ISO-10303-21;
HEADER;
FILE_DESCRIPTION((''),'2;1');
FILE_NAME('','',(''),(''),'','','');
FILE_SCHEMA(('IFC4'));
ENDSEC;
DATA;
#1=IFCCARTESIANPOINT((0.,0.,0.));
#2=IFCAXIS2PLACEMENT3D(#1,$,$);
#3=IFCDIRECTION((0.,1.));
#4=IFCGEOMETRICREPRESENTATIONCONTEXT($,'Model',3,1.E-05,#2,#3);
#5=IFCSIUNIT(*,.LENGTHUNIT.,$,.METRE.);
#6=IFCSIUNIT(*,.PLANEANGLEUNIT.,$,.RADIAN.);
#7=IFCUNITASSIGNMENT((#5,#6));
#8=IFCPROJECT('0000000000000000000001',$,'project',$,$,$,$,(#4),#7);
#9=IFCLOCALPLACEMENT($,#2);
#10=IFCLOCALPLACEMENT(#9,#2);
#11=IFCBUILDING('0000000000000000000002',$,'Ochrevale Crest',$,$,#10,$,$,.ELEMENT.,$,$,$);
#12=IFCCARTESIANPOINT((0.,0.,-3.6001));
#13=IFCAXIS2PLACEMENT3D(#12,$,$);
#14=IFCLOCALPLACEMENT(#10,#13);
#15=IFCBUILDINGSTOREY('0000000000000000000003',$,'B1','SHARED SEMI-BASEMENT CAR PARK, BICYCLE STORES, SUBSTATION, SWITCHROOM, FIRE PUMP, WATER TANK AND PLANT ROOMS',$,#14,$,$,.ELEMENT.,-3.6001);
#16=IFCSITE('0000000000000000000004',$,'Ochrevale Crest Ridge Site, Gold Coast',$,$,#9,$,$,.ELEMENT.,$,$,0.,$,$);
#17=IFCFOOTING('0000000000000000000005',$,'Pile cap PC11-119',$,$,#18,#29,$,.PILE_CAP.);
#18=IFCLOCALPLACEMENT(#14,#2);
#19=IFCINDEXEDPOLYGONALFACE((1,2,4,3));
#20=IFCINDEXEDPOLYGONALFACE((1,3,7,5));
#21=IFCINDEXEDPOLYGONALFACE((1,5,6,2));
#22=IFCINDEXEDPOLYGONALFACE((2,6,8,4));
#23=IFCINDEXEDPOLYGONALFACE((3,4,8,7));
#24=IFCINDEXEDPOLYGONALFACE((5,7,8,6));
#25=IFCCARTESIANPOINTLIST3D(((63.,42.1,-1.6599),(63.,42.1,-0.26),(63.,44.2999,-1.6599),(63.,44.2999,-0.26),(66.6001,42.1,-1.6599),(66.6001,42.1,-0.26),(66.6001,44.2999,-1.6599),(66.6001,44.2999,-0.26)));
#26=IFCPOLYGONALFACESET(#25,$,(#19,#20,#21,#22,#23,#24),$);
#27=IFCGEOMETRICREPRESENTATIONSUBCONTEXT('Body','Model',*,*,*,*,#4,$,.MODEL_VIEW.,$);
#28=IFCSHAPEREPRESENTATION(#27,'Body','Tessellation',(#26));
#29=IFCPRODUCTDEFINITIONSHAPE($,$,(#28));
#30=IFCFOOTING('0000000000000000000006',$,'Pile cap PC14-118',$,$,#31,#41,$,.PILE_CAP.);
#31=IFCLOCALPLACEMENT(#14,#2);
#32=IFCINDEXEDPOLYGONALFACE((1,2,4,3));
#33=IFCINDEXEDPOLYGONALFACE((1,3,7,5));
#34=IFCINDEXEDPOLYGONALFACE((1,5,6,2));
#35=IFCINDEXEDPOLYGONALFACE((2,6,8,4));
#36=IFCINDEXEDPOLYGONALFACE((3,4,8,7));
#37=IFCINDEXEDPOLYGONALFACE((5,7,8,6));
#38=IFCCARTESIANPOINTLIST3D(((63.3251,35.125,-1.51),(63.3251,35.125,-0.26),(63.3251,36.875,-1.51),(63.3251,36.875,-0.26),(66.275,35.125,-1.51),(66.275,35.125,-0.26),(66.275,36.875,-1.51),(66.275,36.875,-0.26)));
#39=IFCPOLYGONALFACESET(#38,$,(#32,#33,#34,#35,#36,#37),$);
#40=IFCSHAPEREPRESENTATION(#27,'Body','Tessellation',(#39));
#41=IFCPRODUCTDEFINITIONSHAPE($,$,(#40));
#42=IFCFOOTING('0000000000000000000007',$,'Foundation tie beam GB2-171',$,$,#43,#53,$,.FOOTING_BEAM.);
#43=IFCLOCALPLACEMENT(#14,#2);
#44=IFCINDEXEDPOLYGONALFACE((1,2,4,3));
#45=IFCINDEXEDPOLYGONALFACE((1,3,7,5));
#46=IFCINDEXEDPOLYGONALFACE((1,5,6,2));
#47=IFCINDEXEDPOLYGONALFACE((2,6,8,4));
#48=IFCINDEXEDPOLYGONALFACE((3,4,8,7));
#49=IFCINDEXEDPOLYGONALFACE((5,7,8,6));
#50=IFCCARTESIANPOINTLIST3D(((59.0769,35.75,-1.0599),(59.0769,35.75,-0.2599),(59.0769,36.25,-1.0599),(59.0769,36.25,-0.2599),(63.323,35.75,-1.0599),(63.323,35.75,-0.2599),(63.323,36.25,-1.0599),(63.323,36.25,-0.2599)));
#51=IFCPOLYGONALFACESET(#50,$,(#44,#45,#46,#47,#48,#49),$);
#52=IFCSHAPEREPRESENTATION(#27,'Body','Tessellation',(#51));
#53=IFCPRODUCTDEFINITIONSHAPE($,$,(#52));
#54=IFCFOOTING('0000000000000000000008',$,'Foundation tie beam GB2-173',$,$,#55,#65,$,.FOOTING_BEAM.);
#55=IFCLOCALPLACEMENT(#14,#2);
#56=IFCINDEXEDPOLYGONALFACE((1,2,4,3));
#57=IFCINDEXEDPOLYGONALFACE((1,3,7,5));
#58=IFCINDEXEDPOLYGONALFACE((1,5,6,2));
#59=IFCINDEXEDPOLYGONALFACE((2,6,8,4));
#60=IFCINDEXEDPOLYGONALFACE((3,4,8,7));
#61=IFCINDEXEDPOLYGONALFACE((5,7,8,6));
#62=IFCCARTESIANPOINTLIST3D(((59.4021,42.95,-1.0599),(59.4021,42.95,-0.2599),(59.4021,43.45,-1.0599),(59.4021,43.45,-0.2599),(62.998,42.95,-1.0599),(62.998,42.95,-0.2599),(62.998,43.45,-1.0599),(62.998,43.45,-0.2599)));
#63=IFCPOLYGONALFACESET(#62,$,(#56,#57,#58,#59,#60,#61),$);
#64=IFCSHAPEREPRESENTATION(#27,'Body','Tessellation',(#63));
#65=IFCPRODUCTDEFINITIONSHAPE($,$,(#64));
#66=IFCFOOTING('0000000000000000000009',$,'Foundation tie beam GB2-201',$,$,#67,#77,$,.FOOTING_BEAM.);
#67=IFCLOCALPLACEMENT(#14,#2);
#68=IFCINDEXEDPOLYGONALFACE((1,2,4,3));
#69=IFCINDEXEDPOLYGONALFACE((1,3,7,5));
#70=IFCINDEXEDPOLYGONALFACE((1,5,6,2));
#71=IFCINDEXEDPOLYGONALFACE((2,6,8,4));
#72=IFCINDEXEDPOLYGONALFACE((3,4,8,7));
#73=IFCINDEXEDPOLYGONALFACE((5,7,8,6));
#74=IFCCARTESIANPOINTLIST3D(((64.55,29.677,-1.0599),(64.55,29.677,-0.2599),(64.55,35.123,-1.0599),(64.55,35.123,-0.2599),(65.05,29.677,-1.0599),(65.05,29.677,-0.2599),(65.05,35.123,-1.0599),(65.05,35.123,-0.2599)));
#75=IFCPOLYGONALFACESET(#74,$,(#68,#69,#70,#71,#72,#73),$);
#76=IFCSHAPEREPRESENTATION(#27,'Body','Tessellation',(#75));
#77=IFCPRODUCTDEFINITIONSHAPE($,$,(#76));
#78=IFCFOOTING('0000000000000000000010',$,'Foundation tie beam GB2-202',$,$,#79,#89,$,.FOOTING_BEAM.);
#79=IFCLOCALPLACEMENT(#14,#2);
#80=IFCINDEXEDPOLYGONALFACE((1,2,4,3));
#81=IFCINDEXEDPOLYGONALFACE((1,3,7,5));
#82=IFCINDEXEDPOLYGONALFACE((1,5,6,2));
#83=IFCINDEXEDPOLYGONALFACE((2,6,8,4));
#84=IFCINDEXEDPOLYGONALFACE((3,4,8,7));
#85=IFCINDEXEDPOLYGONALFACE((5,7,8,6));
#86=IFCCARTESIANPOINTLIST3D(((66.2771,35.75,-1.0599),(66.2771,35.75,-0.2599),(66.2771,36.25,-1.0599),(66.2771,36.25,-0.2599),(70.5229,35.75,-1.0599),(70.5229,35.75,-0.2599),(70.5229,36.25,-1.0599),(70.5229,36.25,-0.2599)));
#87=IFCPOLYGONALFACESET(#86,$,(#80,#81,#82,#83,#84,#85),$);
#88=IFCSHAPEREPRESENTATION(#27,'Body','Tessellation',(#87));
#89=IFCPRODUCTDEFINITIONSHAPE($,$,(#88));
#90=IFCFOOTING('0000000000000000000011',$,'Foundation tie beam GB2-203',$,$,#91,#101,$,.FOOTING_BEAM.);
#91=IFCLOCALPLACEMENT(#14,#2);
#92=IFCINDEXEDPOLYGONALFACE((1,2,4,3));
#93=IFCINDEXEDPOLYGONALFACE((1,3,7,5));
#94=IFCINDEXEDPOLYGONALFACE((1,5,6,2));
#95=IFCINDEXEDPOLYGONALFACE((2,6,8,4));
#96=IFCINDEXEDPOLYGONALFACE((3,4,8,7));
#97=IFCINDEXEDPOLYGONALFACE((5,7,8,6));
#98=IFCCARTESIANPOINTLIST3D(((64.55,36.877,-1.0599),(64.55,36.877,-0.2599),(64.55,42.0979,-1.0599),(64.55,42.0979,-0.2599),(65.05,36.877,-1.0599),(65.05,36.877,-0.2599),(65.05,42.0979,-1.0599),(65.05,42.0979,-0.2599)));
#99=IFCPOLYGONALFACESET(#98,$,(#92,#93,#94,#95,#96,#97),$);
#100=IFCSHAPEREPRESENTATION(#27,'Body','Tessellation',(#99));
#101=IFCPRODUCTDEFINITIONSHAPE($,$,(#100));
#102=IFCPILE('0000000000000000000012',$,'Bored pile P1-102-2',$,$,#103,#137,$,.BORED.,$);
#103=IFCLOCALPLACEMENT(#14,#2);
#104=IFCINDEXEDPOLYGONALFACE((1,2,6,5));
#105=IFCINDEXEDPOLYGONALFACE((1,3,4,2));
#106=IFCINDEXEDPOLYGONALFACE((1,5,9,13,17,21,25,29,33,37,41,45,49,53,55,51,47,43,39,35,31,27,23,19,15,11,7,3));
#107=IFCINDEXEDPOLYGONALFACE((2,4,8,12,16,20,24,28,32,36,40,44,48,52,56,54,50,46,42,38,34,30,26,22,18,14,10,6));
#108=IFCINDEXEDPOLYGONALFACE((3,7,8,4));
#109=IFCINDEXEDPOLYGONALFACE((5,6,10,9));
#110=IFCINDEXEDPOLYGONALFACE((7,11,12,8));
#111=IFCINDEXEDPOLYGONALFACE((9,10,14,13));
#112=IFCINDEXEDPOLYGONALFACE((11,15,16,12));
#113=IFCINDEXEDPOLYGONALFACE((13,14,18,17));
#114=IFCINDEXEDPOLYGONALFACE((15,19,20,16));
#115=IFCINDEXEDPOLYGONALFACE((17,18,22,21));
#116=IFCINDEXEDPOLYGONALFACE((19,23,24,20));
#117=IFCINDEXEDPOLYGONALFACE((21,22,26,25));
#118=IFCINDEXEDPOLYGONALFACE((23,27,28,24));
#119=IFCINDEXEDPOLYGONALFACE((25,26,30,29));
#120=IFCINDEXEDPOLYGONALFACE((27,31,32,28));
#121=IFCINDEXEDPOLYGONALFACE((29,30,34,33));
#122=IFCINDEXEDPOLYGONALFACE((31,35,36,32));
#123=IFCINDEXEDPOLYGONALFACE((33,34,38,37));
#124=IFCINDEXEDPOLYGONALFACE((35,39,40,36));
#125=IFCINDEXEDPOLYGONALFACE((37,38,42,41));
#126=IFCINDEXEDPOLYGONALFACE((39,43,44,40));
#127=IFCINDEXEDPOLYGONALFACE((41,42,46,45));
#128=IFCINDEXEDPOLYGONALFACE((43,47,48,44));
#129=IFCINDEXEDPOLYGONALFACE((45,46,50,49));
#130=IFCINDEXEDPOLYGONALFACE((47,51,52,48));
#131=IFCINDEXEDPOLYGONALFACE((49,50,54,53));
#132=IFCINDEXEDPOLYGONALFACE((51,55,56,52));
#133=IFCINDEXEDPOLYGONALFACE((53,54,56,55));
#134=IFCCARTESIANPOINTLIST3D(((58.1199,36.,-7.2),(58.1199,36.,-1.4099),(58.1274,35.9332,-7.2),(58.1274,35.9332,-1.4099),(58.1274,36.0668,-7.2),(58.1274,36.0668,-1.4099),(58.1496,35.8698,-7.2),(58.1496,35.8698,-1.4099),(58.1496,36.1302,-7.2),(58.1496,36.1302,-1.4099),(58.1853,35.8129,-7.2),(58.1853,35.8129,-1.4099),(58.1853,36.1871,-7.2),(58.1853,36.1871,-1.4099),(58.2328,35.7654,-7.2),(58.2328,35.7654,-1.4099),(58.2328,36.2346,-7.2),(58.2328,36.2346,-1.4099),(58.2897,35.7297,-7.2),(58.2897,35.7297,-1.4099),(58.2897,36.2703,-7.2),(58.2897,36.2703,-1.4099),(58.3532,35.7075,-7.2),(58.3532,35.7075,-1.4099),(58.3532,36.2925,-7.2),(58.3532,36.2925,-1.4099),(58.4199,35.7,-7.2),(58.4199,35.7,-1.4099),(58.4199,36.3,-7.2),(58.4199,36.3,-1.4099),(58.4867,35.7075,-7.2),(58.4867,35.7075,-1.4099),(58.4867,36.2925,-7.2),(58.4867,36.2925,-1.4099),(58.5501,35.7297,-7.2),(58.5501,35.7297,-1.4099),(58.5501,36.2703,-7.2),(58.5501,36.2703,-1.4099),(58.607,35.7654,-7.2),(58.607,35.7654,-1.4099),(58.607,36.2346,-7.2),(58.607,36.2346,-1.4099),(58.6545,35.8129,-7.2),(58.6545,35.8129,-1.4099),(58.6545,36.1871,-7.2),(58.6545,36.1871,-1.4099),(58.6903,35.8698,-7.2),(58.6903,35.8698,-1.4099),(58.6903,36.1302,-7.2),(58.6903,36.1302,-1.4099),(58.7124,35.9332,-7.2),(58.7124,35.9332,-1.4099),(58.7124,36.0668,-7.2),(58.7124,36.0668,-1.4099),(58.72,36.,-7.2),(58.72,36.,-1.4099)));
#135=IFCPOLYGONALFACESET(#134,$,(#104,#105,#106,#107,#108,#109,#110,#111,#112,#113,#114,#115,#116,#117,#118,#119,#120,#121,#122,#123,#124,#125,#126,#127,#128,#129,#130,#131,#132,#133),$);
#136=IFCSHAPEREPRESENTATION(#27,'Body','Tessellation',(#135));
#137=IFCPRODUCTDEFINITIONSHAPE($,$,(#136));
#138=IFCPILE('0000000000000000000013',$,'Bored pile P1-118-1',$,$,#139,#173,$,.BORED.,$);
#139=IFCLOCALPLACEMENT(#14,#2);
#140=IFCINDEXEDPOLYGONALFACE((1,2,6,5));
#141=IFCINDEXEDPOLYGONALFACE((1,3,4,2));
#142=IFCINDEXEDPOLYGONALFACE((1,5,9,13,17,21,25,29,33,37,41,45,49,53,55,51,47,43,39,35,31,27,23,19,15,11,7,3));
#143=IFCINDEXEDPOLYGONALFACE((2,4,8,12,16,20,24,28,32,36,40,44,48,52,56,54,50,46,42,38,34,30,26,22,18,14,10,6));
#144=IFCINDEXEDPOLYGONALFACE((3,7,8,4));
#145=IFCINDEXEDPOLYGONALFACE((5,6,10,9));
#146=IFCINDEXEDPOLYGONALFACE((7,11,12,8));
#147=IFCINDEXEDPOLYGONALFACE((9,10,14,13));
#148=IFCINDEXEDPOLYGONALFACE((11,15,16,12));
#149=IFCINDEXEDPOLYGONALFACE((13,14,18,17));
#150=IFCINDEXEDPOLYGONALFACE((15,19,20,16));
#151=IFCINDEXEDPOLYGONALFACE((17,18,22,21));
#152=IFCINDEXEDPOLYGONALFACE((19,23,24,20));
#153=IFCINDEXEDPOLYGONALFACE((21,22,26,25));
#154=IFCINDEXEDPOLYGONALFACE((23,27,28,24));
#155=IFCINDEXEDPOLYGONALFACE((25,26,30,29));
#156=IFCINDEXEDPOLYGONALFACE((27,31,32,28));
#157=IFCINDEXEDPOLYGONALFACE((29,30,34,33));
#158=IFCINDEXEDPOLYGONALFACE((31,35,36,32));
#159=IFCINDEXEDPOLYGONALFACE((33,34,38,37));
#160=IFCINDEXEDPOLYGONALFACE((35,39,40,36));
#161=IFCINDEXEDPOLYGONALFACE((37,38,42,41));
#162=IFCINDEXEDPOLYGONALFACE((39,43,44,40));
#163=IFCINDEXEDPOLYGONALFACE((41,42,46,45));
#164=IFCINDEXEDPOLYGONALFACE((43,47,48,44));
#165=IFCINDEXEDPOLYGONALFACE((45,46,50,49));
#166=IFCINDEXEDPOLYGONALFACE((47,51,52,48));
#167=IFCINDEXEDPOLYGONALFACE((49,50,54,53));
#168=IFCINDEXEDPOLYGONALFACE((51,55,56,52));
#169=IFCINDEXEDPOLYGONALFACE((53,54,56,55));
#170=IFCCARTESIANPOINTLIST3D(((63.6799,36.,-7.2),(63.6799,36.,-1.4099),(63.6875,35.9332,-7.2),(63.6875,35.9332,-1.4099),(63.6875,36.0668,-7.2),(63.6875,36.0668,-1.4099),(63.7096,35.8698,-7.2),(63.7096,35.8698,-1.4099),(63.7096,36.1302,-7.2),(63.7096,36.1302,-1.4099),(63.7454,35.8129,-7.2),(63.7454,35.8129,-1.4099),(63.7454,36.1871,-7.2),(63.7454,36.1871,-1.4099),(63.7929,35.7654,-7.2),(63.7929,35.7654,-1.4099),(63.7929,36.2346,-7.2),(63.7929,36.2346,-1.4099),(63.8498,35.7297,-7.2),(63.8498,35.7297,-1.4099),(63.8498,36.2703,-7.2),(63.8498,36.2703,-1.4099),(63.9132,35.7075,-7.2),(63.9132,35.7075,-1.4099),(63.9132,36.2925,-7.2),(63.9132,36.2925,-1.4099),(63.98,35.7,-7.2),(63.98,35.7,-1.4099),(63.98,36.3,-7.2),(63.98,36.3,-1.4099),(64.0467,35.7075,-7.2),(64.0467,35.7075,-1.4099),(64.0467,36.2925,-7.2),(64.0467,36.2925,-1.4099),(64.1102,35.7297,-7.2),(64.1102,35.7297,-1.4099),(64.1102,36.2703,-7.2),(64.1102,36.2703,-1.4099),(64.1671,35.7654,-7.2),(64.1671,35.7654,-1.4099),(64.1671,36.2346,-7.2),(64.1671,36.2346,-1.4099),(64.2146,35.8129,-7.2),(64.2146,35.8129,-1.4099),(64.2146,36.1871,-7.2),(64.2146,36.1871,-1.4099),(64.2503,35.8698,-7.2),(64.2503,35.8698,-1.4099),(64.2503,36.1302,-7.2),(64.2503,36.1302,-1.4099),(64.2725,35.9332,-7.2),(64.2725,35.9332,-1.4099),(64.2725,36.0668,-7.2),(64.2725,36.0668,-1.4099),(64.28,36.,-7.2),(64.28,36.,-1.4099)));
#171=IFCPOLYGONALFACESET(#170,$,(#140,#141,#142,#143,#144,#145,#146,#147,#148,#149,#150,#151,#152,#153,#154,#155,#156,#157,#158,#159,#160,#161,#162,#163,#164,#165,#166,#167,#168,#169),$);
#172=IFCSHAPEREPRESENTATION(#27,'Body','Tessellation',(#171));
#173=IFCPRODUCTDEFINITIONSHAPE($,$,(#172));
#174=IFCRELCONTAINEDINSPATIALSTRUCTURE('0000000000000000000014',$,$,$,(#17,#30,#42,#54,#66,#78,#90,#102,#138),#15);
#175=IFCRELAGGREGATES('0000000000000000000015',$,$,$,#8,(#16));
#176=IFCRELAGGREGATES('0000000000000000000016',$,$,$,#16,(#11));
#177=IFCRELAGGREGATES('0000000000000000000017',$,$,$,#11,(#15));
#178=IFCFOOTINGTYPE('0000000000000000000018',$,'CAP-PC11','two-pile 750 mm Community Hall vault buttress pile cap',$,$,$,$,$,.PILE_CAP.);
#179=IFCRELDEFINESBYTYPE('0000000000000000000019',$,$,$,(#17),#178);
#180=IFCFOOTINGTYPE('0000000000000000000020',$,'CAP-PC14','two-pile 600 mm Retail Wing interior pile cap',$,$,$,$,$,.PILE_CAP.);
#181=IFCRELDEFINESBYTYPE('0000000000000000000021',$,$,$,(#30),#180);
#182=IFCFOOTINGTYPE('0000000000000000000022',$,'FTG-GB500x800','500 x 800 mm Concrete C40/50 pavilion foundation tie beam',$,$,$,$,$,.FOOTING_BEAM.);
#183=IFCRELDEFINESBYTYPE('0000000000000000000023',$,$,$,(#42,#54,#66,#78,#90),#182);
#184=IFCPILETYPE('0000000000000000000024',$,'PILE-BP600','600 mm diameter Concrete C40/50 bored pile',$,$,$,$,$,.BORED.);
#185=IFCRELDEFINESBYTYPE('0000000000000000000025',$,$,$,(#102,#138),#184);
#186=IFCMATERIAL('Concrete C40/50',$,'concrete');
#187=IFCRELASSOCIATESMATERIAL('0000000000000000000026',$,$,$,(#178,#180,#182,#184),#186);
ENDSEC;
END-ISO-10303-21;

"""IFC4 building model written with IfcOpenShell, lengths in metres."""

from ifc_helpers import new_model, si_unit, direction, frame, origin, origin_2d, place, context, subcontext, project, spatial, rectangle, circle, extrude, material, material_profile, profile_set, type_object, element, save


model = new_model("IFC4")

# Units and contexts
model_context = context("Model", 3, precision=1e-05, world=origin(), true_north=direction((0.0, 1.0)))
body_context = subcontext(model_context, "Body", "Model", "MODEL_VIEW")
ifc_project = project(units=[si_unit("LENGTHUNIT", "METRE"), si_unit("PLANEANGLEUNIT", "RADIAN")], contexts=[model_context])

# Site, building, storey
site_placement = place(None, origin())
site = spatial("IfcSite", under=ifc_project, at=site_placement, Name="Ochrevale Crest Ridge Site, Gold Coast", CompositionType="ELEMENT", RefElevation=0.0)
building_placement = place(site_placement, origin())
building = spatial("IfcBuilding", under=site, at=building_placement, Name="Ochrevale Crest", CompositionType="ELEMENT")
storey_placement = place(building_placement, frame((0.0, 0.0, -3.6001)))
storey = spatial("IfcBuildingStorey", under=building, at=storey_placement, Name="B1", Description="SHARED SEMI-BASEMENT CAR PARK, BICYCLE STORES, SUBSTATION, SWITCHROOM, FIRE PUMP, WATER TANK AND PLANT ROOMS", CompositionType="ELEMENT", Elevation=-3.6001)

# Footings
ifc_material_1 = material(Name="Concrete C40/50", Category="concrete")
footing_type_1 = type_object("IfcFootingType", Name="CAP-PC11", Description="two-pile 750 mm Community Hall vault buttress pile cap", PredefinedType="PILE_CAP", material=ifc_material_1)
footing_1_placement = place(storey_placement, frame((64.8, 43.2, -1.6599), z_axis=(0.0, 0.0, 1.0), x_axis=(1.0, 0.0, 0.0)))
element("IfcFooting", 1, at=footing_1_placement, inside=storey, type_object=footing_type_1, Name="Pile cap PC11-119", PredefinedType="PILE_CAP", context=body_context, shape_type="SweptSolid", body=[
    extrude(rectangle(XDim=3.6001, YDim=2.2, at=origin_2d()), origin(), (0.0, 0.0, 1.0), 1.3999),
])
footing_type_2 = type_object("IfcFootingType", Name="CAP-PC14", Description="two-pile 600 mm Retail Wing interior pile cap", PredefinedType="PILE_CAP", material=ifc_material_1)
footing_2_placement = place(storey_placement, frame((64.8, 36.0, -1.51), z_axis=(0.0, 0.0, 1.0), x_axis=(1.0, 0.0, 0.0)))
element("IfcFooting", 2, at=footing_2_placement, inside=storey, type_object=footing_type_2, Name="Pile cap PC14-118", PredefinedType="PILE_CAP", context=body_context, shape_type="SweptSolid", body=[
    extrude(rectangle(XDim=2.95, YDim=1.75, at=origin_2d()), origin(), (0.0, 0.0, 1.0), 1.25),
])
ifc_material_profile_1 = material_profile(ifc_material_1, rectangle(XDim=0.5, YDim=0.8, at=origin_2d()), Name="GB 500x800")
ifc_profile_set_1 = profile_set([ifc_material_profile_1], Name="Concrete C40/50")
footing_type_3 = type_object("IfcFootingType", Name="FTG-GB500x800", Description="500 x 800 mm Concrete C40/50 pavilion foundation tie beam", PredefinedType="FOOTING_BEAM", material=ifc_profile_set_1)
footing_3_placement = place(storey_placement, frame((59.0769, 36.0, -0.6599), z_axis=(1.0, 0.0, 0.0), x_axis=(0.0, 1.0, 0.0)))
element("IfcFooting", 3, at=footing_3_placement, inside=storey, type_object=footing_type_3, Name="Foundation tie beam GB2-171", PredefinedType="FOOTING_BEAM", context=body_context, shape_type="SweptSolid", body=[
    extrude(rectangle(XDim=0.5, YDim=0.8, at=origin_2d()), origin(), (0.0, 0.0, 1.0), 4.2461),
])
footing_4_placement = place(storey_placement, frame((59.4021, 43.2, -0.6599), z_axis=(1.0, 0.0, 0.0), x_axis=(0.0, 1.0, 0.0)))
element("IfcFooting", 4, at=footing_4_placement, inside=storey, type_object=footing_type_3, Name="Foundation tie beam GB2-173", PredefinedType="FOOTING_BEAM", context=body_context, shape_type="SweptSolid", body=[
    extrude(rectangle(XDim=0.5, YDim=0.8, at=origin_2d()), origin(), (0.0, 0.0, 1.0), 3.5959),
])
footing_5_placement = place(storey_placement, frame((64.8, 29.677, -0.6599), z_axis=(0.0, 1.0, 0.0), x_axis=(-1.0, 0.0, 0.0)))
element("IfcFooting", 5, at=footing_5_placement, inside=storey, type_object=footing_type_3, Name="Foundation tie beam GB2-201", PredefinedType="FOOTING_BEAM", context=body_context, shape_type="SweptSolid", body=[
    extrude(rectangle(XDim=0.5, YDim=0.8, at=origin_2d()), origin(), (0.0, 0.0, 1.0), 5.446),
])
footing_6_placement = place(storey_placement, frame((66.2771, 36.0, -0.6599), z_axis=(1.0, 0.0, 0.0), x_axis=(0.0, 1.0, 0.0)))
element("IfcFooting", 6, at=footing_6_placement, inside=storey, type_object=footing_type_3, Name="Foundation tie beam GB2-202", PredefinedType="FOOTING_BEAM", context=body_context, shape_type="SweptSolid", body=[
    extrude(rectangle(XDim=0.5, YDim=0.8, at=origin_2d()), origin(), (0.0, 0.0, 1.0), 4.2458),
])
footing_7_placement = place(storey_placement, frame((64.8, 36.877, -0.6599), z_axis=(0.0, 1.0, 0.0), x_axis=(-1.0, 0.0, 0.0)))
element("IfcFooting", 7, at=footing_7_placement, inside=storey, type_object=footing_type_3, Name="Foundation tie beam GB2-203", PredefinedType="FOOTING_BEAM", context=body_context, shape_type="SweptSolid", body=[
    extrude(rectangle(XDim=0.5, YDim=0.8, at=origin_2d()), origin(), (0.0, 0.0, 1.0), 5.2209),
])

# Piles
ifc_material_profile_2 = material_profile(ifc_material_1, circle(Radius=0.3, at=origin_2d()), Name="BORED PILE 600")
ifc_profile_set_2 = profile_set([ifc_material_profile_2], Name="Concrete C40/50")
pile_type_1 = type_object("IfcPileType", Name="PILE-BP600", Description="600 mm diameter Concrete C40/50 bored pile", PredefinedType="BORED", material=ifc_profile_set_2)
for number, where, z_axis, x_axis, name in (
    (8, (58.4199, 36.0, -1.4099), (0.0, 0.0, -1.0), (1.0, 0.0, 0.0), "Bored pile P1-102-2"),
    (9, (63.98, 36.0, -1.4099), (0.0, 0.0, -1.0), (1.0, 0.0, 0.0), "Bored pile P1-118-1"),
):
    element("IfcPile", number, at=place(storey_placement, frame(where, z_axis=z_axis, x_axis=x_axis)), inside=storey, type_object=pile_type_1, Name=name, PredefinedType="BORED", context=body_context, shape_type="SweptSolid", body=[
        extrude(circle(Radius=0.3, at=origin_2d()), origin(), (0.0, 0.0, 1.0), 5.79),
    ])

save(model, "model.ifc")
